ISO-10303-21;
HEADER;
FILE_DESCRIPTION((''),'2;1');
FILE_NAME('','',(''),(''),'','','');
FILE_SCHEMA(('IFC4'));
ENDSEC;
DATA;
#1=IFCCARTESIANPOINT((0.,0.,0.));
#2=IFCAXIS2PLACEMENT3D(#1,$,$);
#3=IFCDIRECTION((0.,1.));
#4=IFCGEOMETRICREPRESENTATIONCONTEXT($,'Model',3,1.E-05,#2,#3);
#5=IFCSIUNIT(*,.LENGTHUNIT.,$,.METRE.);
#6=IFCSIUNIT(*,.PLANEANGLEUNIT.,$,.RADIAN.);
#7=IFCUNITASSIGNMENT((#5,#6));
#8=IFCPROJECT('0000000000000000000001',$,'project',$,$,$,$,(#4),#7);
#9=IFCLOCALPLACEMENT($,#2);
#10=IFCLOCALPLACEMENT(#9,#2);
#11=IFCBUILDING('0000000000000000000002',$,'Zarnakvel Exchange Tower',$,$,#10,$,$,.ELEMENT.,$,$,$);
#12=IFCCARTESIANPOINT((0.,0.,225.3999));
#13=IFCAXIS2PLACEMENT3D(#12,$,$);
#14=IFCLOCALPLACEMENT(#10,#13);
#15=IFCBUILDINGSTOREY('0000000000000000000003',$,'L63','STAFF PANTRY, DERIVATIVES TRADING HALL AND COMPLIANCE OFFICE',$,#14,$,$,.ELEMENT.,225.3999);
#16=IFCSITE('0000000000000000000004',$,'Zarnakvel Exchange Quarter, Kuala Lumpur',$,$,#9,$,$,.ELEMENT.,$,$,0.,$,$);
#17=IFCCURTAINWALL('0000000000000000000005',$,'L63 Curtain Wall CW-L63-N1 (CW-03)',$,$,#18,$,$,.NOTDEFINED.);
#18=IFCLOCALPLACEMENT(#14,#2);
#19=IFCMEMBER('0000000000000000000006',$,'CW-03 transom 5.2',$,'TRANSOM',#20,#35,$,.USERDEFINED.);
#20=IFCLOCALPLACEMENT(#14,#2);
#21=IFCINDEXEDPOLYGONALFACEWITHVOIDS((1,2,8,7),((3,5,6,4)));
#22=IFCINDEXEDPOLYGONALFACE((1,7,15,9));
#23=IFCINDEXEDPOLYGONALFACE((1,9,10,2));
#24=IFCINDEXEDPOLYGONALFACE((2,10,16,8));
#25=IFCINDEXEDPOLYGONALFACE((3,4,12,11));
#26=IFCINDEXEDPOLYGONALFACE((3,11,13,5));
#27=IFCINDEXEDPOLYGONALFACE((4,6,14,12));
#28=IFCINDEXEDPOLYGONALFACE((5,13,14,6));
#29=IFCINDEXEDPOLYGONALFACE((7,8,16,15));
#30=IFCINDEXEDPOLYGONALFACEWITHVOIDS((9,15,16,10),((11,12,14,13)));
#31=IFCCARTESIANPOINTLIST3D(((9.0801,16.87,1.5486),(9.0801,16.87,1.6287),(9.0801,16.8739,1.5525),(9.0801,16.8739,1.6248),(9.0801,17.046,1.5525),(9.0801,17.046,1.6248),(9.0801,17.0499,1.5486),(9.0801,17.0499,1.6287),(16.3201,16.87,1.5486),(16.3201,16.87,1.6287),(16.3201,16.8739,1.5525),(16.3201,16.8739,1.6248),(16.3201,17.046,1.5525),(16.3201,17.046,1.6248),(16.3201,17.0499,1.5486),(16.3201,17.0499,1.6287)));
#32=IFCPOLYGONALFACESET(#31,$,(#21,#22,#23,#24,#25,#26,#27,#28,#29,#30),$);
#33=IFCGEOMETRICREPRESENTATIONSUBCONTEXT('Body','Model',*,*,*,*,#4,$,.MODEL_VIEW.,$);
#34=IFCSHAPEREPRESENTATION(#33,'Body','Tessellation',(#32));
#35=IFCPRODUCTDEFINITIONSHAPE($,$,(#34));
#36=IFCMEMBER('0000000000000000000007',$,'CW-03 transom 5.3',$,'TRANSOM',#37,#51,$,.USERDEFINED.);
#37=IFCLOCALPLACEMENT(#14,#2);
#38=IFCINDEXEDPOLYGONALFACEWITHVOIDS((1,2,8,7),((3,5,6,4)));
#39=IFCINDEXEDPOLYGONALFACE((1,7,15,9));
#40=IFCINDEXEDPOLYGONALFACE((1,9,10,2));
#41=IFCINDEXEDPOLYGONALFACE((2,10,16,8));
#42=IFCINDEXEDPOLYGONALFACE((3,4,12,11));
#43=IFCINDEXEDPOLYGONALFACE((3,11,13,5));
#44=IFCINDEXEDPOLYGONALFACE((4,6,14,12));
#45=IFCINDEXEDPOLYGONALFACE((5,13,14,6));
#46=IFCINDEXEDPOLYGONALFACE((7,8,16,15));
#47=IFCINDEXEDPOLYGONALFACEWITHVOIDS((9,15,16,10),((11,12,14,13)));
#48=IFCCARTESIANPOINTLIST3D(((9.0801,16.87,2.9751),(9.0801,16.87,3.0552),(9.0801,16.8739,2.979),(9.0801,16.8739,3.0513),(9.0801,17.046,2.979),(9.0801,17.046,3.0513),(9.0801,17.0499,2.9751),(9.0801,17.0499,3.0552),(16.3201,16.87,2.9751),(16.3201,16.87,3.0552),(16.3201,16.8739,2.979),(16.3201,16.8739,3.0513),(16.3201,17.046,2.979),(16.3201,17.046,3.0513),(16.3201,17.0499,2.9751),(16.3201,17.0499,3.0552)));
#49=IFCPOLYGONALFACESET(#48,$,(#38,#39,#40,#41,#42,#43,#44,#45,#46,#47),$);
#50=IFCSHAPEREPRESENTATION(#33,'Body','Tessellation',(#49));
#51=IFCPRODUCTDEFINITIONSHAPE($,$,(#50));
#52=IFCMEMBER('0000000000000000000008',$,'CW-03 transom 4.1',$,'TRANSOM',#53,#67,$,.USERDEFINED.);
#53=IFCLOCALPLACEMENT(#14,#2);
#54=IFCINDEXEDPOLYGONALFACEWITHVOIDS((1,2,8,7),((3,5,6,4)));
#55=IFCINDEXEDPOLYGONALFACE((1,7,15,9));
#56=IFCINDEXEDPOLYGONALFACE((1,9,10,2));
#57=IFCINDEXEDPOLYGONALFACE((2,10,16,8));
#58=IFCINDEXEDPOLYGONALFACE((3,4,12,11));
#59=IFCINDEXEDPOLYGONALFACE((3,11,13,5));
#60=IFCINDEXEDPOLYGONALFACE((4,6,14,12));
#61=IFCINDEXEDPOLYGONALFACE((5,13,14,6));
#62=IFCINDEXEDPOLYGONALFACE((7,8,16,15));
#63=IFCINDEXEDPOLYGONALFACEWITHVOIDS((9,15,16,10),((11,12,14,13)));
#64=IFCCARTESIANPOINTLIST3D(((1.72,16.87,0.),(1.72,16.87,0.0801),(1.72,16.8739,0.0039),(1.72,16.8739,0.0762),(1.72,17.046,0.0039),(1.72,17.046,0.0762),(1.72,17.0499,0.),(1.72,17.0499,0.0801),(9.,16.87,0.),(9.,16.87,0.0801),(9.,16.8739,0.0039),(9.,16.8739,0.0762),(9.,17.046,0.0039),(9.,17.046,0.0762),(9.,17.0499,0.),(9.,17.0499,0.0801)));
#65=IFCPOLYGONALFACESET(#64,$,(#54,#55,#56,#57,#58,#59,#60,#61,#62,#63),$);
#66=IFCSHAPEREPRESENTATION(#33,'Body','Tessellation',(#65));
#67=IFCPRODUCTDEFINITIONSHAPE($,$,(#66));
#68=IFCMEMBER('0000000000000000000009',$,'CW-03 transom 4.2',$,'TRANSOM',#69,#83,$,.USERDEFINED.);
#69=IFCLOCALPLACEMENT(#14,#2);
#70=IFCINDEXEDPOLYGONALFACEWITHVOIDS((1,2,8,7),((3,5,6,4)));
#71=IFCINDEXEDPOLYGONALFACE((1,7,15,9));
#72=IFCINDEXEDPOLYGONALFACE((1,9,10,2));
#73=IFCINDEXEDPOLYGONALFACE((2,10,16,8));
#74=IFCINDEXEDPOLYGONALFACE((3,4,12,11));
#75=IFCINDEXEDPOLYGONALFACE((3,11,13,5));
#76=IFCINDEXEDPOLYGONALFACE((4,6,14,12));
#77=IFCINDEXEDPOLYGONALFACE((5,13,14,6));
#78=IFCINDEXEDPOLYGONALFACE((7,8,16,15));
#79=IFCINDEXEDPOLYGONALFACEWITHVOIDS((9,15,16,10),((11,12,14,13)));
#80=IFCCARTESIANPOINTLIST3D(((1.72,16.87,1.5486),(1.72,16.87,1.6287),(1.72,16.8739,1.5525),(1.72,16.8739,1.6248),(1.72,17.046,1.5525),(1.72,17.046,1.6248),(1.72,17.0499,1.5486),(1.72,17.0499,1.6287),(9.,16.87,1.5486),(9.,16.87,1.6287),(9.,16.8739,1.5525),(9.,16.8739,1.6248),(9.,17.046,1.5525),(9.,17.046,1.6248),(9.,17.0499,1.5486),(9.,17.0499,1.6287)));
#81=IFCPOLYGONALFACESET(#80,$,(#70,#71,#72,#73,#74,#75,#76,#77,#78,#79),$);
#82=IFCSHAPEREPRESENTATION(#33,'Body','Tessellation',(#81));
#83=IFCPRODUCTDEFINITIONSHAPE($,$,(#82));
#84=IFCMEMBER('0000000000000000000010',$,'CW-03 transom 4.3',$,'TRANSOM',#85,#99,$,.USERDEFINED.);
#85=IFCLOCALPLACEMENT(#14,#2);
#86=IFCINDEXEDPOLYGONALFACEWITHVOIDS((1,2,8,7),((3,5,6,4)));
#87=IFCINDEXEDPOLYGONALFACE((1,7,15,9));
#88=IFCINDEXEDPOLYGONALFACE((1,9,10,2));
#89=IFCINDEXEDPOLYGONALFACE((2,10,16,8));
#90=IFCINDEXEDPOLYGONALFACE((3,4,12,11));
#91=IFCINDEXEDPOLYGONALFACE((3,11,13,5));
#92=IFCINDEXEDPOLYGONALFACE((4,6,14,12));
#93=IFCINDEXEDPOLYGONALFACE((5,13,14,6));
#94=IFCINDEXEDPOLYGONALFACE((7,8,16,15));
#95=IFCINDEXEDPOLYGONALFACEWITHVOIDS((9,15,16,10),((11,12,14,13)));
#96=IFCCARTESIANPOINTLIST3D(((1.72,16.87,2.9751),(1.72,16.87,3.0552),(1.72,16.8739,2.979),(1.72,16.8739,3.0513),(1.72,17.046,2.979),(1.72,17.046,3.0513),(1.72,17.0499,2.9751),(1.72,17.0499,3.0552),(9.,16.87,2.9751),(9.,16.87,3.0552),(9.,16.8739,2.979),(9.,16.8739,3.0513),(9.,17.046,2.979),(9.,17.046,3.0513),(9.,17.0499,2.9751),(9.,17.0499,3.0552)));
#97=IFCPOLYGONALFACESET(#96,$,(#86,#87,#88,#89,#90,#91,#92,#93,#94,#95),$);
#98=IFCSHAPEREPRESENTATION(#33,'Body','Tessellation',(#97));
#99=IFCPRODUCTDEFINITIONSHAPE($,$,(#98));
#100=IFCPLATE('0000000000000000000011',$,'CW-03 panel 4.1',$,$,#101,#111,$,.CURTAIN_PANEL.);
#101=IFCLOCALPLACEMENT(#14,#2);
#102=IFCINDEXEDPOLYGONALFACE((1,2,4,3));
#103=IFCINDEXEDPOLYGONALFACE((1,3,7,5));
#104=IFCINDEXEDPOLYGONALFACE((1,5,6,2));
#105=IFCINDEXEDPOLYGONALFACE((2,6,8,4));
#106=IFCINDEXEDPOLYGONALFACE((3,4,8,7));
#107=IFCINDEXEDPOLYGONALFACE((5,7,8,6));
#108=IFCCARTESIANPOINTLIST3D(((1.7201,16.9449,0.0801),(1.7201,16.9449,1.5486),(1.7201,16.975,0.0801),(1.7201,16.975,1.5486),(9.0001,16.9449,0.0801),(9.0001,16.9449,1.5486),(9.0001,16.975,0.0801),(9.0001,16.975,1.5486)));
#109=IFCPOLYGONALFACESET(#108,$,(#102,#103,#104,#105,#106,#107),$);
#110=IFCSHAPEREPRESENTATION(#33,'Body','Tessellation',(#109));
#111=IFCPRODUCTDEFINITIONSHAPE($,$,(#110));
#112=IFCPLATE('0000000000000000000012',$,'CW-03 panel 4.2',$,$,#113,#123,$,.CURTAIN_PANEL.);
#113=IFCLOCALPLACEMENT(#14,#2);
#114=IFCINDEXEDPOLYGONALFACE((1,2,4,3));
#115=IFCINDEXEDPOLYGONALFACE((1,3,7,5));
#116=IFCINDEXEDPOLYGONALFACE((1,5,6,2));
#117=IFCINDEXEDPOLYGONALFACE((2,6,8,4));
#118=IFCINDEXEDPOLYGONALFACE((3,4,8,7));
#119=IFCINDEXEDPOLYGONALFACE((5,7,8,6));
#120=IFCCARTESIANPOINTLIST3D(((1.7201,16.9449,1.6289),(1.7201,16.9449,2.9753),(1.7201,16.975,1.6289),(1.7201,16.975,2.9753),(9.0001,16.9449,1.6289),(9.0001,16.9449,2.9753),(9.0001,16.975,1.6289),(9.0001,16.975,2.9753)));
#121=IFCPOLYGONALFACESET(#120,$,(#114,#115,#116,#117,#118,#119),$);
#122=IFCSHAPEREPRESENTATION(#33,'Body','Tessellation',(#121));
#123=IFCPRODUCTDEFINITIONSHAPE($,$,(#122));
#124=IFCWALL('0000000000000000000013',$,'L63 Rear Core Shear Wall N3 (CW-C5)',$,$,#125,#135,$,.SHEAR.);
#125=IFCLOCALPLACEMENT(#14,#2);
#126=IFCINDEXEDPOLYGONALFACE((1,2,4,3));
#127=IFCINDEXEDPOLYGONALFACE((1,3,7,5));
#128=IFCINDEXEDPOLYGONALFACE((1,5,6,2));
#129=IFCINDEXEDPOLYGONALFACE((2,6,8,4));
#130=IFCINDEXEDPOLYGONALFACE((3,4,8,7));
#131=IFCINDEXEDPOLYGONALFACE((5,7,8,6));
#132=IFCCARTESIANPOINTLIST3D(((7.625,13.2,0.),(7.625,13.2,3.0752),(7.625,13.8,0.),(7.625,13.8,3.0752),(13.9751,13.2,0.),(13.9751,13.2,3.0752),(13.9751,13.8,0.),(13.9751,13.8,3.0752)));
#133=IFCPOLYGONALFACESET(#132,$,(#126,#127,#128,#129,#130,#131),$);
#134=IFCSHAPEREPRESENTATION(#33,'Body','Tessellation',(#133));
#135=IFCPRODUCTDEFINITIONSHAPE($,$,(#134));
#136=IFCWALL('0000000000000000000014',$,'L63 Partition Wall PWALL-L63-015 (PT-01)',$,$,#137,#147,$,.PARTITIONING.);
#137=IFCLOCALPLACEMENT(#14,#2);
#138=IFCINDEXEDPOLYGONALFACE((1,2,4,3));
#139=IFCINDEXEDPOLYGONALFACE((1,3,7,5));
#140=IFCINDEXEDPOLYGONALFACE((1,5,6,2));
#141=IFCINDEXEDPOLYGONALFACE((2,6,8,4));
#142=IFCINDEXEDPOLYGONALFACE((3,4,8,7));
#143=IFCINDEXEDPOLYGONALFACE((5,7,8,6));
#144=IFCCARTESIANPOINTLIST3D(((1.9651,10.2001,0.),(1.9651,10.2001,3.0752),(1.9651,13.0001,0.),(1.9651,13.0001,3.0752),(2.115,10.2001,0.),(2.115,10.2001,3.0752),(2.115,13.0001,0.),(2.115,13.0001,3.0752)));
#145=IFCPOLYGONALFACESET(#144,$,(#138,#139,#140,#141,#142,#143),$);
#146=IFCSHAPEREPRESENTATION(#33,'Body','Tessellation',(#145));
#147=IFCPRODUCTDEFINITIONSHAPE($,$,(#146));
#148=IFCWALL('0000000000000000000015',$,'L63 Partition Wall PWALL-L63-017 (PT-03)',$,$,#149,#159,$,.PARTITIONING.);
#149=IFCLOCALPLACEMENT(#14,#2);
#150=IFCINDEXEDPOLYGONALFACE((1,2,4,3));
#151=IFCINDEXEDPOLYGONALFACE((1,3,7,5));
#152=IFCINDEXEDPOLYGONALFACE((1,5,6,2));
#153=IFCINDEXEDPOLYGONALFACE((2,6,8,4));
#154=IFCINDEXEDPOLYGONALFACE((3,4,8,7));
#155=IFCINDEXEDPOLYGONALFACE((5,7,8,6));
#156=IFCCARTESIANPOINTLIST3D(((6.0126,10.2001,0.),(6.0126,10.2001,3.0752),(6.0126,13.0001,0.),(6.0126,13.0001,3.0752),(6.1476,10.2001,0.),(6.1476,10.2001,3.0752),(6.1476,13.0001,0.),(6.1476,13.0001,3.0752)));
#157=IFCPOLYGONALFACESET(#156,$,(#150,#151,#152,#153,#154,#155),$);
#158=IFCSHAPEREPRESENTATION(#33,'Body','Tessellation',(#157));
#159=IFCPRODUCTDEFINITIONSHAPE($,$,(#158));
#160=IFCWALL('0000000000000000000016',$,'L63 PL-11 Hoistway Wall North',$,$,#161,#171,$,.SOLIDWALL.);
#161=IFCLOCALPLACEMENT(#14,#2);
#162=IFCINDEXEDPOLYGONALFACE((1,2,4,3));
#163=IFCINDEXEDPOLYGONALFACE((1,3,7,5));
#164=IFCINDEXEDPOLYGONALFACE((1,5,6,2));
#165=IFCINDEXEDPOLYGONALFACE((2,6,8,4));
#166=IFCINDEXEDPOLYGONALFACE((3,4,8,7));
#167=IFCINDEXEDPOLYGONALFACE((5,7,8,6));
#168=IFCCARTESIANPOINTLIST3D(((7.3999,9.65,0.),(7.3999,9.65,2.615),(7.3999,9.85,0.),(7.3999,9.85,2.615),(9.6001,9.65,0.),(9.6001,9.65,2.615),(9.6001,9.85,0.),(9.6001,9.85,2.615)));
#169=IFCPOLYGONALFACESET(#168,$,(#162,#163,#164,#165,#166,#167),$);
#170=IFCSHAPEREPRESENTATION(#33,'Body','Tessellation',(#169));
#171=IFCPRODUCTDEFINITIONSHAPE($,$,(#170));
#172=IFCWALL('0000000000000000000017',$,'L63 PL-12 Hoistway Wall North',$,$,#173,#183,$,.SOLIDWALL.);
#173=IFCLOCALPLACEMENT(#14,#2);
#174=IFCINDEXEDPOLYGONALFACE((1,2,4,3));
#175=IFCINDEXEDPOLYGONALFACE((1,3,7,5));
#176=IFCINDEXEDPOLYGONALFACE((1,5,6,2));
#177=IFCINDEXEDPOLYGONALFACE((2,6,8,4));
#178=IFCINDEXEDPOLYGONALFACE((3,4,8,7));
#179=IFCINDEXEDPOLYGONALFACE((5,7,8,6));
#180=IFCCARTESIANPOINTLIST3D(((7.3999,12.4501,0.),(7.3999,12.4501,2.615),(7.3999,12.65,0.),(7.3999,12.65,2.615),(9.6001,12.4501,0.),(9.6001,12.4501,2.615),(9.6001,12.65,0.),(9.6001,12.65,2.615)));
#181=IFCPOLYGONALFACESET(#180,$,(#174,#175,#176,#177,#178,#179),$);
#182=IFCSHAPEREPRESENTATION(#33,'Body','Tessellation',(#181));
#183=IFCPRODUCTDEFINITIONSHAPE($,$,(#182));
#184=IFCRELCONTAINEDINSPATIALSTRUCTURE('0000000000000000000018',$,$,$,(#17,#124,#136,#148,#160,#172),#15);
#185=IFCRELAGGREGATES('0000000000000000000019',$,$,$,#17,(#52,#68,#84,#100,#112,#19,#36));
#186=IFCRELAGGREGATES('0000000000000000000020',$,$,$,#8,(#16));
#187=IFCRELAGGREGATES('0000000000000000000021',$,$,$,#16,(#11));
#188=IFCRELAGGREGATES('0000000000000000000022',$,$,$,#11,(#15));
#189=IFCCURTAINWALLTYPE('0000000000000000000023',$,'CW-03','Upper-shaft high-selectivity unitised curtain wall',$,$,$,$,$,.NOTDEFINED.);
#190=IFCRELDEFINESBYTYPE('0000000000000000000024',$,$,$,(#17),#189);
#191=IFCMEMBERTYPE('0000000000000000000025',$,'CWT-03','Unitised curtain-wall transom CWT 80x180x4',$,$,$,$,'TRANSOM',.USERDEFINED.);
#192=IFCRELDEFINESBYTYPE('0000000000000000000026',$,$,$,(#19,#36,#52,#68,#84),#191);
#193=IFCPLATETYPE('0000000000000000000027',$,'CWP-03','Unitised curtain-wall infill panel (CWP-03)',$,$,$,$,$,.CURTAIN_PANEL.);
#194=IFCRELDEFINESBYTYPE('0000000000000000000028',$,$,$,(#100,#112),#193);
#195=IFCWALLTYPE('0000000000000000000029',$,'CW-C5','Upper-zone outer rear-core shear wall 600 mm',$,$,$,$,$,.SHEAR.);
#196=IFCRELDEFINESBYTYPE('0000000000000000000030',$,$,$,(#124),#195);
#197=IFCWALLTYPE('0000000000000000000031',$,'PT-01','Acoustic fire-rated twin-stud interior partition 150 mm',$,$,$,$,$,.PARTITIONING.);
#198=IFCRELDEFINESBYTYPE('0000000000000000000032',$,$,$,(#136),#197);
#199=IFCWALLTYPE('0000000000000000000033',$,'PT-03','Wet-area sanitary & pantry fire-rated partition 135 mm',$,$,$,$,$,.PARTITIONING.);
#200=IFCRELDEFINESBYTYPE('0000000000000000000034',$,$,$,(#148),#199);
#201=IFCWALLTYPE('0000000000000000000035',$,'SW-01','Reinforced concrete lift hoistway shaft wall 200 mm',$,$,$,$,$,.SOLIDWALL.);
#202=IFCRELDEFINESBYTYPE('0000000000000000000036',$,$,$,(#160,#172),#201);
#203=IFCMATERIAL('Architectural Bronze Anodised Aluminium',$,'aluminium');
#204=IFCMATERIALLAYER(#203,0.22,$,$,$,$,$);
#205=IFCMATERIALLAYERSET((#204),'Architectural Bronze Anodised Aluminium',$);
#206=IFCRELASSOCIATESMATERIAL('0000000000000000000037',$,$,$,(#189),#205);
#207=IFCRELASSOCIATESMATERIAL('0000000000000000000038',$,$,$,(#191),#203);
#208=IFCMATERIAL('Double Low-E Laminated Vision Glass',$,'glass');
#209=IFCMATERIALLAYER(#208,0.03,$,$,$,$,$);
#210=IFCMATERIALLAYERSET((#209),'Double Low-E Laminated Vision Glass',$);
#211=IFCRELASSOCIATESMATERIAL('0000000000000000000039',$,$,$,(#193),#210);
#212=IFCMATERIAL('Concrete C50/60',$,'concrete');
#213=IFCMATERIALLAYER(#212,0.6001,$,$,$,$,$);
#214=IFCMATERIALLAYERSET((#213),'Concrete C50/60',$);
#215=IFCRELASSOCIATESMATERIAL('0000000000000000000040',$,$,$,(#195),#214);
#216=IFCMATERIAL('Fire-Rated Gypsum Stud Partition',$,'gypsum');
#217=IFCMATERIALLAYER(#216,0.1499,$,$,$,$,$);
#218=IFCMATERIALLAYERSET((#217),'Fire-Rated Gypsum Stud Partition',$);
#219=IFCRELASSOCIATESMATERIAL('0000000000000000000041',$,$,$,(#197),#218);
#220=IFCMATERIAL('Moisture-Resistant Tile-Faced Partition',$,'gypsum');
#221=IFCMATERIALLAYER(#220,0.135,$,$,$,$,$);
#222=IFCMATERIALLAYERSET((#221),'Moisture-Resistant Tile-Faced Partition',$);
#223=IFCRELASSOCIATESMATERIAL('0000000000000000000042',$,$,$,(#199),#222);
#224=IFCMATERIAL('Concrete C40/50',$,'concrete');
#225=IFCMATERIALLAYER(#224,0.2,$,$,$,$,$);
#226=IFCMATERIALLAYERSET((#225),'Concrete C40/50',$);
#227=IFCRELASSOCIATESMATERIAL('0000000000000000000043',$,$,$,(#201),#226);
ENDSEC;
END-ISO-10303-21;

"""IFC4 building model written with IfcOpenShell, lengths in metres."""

from ifc_helpers import new_model, si_unit, direction, frame, frame_2d, origin, origin_2d, place, context, subcontext, project, spatial, rectangle, hollow_rectangle, extrude, source, transform, mapped, material, layer, layer_set, material_profile, profile_set, type_object, element, aggregate, save


model = new_model("IFC4")

# Units and contexts
model_context = context("Model", 3, precision=1e-05, world=origin(), true_north=direction((0.0, 1.0)))
body_context = subcontext(model_context, "Body", "Model", "MODEL_VIEW")
ifc_project = project(units=[si_unit("LENGTHUNIT", "METRE"), si_unit("PLANEANGLEUNIT", "RADIAN")], contexts=[model_context])

# Site, building, storey
site_placement = place(None, origin())
site = spatial("IfcSite", under=ifc_project, at=site_placement, Name="Zarnakvel Exchange Quarter, Kuala Lumpur", CompositionType="ELEMENT", RefElevation=0.0)
building_placement = place(site_placement, origin())
building = spatial("IfcBuilding", under=site, at=building_placement, Name="Zarnakvel Exchange Tower", CompositionType="ELEMENT")
storey_placement = place(building_placement, frame((0.0, 0.0, 225.3999)))
storey = spatial("IfcBuildingStorey", under=building, at=storey_placement, Name="L63", Description="STAFF PANTRY, DERIVATIVES TRADING HALL AND COMPLIANCE OFFICE", CompositionType="ELEMENT", Elevation=225.3999)

# Shared definitions
ifc_material_1 = material(Name="Concrete C50/60", Category="concrete")

# Curtain wall, members, plates
ifc_material_2 = material(Name="Architectural Bronze Anodised Aluminium", Category="aluminium")
ifc_layer_1 = layer(ifc_material_2, 0.22)
ifc_layer_set_1 = layer_set([ifc_layer_1], Name="Architectural Bronze Anodised Aluminium")
curtain_wall_type = type_object("IfcCurtainWallType", Name="CW-03", Description="Upper-shaft high-selectivity unitised curtain wall", PredefinedType="NOTDEFINED", material=ifc_layer_set_1)
curtain_wall_placement = place(storey_placement, origin())
curtain_wall = element("IfcCurtainWall", 1, at=curtain_wall_placement, inside=storey, type_object=curtain_wall_type, Name="L63 Curtain Wall CW-L63-N1 (CW-03)", PredefinedType="NOTDEFINED")
ifc_material_profile_1 = material_profile(ifc_material_2, hollow_rectangle(XDim=0.1799, YDim=0.0801, WallThickness=0.0039, at=origin_2d()))
ifc_profile_set_1 = profile_set([ifc_material_profile_1], Name="Architectural Bronze Anodised Aluminium")
member_type_1 = type_object("IfcMemberType", Name="CWT-03", Description="Unitised curtain-wall transom CWT 80x180x4", ElementType="TRANSOM", PredefinedType="USERDEFINED", material=ifc_profile_set_1)
shared_shape_1 = source(origin(), body_context, "Body", "SweptSolid", [
    extrude(hollow_rectangle(XDim=0.1799, YDim=0.0801, WallThickness=0.0039, at=origin_2d()), origin(), (0.0, 0.0, 1.0), 7.24),
])
member_1_placement = place(storey_placement, frame((9.0801, 16.96, 1.5886), z_axis=(1.0, 0.0, 0.0), x_axis=(0.0, 1.0, 0.0)))
member_1 = element("IfcMember", 2, at=member_1_placement, type_object=member_type_1, Name="CW-03 transom 5.2", ObjectType="TRANSOM", PredefinedType="USERDEFINED", context=body_context, shape_type="MappedRepresentation", body=[
    mapped(shared_shape_1, transform((0.0, 0.0, 0.0), x_axis=(1.0, 0.0, 0.0), y_axis=(0.0, 1.0, 0.0), z_axis=(0.0, 0.0, 1.0), scale=1.0)),
])
member_2_placement = place(storey_placement, frame((9.0801, 16.96, 3.0151), z_axis=(1.0, 0.0, 0.0), x_axis=(0.0, 1.0, 0.0)))
member_2 = element("IfcMember", 3, at=member_2_placement, type_object=member_type_1, Name="CW-03 transom 5.3", ObjectType="TRANSOM", PredefinedType="USERDEFINED", context=body_context, shape_type="MappedRepresentation", body=[
    mapped(shared_shape_1, transform((0.0, 0.0, 0.0), x_axis=(1.0, 0.0, 0.0), y_axis=(0.0, 1.0, 0.0), z_axis=(0.0, 0.0, 1.0), scale=1.0)),
])
shared_shape_2 = source(origin(), body_context, "Body", "SweptSolid", [
    extrude(hollow_rectangle(XDim=0.1799, YDim=0.0801, WallThickness=0.0039, at=origin_2d()), origin(), (0.0, 0.0, 1.0), 7.28),
])
member_3_placement = place(storey_placement, frame((1.72, 16.96, 0.04), z_axis=(1.0, 0.0, 0.0), x_axis=(0.0, 1.0, 0.0)))
member_3 = element("IfcMember", 4, at=member_3_placement, type_object=member_type_1, Name="CW-03 transom 4.1", ObjectType="TRANSOM", PredefinedType="USERDEFINED", context=body_context, shape_type="MappedRepresentation", body=[
    mapped(shared_shape_2, transform((0.0, 0.0, 0.0), x_axis=(1.0, 0.0, 0.0), y_axis=(0.0, 1.0, 0.0), z_axis=(0.0, 0.0, 1.0), scale=1.0)),
])
member_4_placement = place(storey_placement, frame((1.72, 16.96, 1.5886), z_axis=(1.0, 0.0, 0.0), x_axis=(0.0, 1.0, 0.0)))
member_4 = element("IfcMember", 5, at=member_4_placement, type_object=member_type_1, Name="CW-03 transom 4.2", ObjectType="TRANSOM", PredefinedType="USERDEFINED", context=body_context, shape_type="MappedRepresentation", body=[
    mapped(shared_shape_2, transform((0.0, 0.0, 0.0), x_axis=(1.0, 0.0, 0.0), y_axis=(0.0, 1.0, 0.0), z_axis=(0.0, 0.0, 1.0), scale=1.0)),
])
member_5_placement = place(storey_placement, frame((1.72, 16.96, 3.0151), z_axis=(1.0, 0.0, 0.0), x_axis=(0.0, 1.0, 0.0)))
member_5 = element("IfcMember", 6, at=member_5_placement, type_object=member_type_1, Name="CW-03 transom 4.3", ObjectType="TRANSOM", PredefinedType="USERDEFINED", context=body_context, shape_type="MappedRepresentation", body=[
    mapped(shared_shape_2, transform((0.0, 0.0, 0.0), x_axis=(1.0, 0.0, 0.0), y_axis=(0.0, 1.0, 0.0), z_axis=(0.0, 0.0, 1.0), scale=1.0)),
])
ifc_material_3 = material(Name="Double Low-E Laminated Vision Glass", Category="glass")
ifc_layer_2 = layer(ifc_material_3, 0.03)
ifc_layer_set_2 = layer_set([ifc_layer_2], Name="Double Low-E Laminated Vision Glass")
plate_type = type_object("IfcPlateType", Name="CWP-03", Description="Unitised curtain-wall infill panel (CWP-03)", PredefinedType="CURTAIN_PANEL", material=ifc_layer_set_2)
shared_shape_3 = source(origin(), body_context, "Body", "SweptSolid", [
    extrude(rectangle(XDim=7.28, YDim=0.03, at=origin_2d()), origin(), (0.0, 0.0, 1.0), 1.4685),
])
plate_1_placement = place(storey_placement, frame((5.3601, 16.96, 0.0801), z_axis=(0.0, 0.0, 1.0), x_axis=(1.0, 0.0, 0.0)))
plate_1 = element("IfcPlate", 7, at=plate_1_placement, type_object=plate_type, Name="CW-03 panel 4.1", PredefinedType="CURTAIN_PANEL", context=body_context, shape_type="MappedRepresentation", body=[
    mapped(shared_shape_3, transform((0.0, 0.0, 0.0), x_axis=(1.0, 0.0, 0.0), y_axis=(0.0, 1.0, 0.0), z_axis=(0.0, 0.0, 1.0), scale=1.0)),
])
shared_shape_4 = source(origin(), body_context, "Body", "SweptSolid", [
    extrude(rectangle(XDim=7.28, YDim=0.03, at=origin_2d()), origin(), (0.0, 0.0, 1.0), 1.3464),
])
plate_2_placement = place(storey_placement, frame((5.3601, 16.96, 1.6289), z_axis=(0.0, 0.0, 1.0), x_axis=(1.0, 0.0, 0.0)))
plate_2 = element("IfcPlate", 8, at=plate_2_placement, type_object=plate_type, Name="CW-03 panel 4.2", PredefinedType="CURTAIN_PANEL", context=body_context, shape_type="MappedRepresentation", body=[
    mapped(shared_shape_4, transform((0.0, 0.0, 0.0), x_axis=(1.0, 0.0, 0.0), y_axis=(0.0, 1.0, 0.0), z_axis=(0.0, 0.0, 1.0), scale=1.0)),
])
aggregate(curtain_wall, [member_3, member_4, member_5, plate_1, plate_2, member_1, member_2])

# Wall
ifc_layer_3 = layer(ifc_material_1, 0.6001)
ifc_layer_set_3 = layer_set([ifc_layer_3], Name="Concrete C50/60")
wall_type_1 = type_object("IfcWallType", Name="CW-C5", Description="Upper-zone outer rear-core shear wall 600 mm", PredefinedType="SHEAR", material=ifc_layer_set_3)
wall_1_placement = place(storey_placement, frame((7.625, 13.5, 0.0), z_axis=(0.0, 0.0, 1.0), x_axis=(1.0, 0.0, 0.0)))
element("IfcWall", 9, at=wall_1_placement, inside=storey, type_object=wall_type_1, Name="L63 Rear Core Shear Wall N3 (CW-C5)", PredefinedType="SHEAR", context=body_context, shape_type="SweptSolid", body=[
    extrude(rectangle(XDim=6.3501, YDim=0.6001, at=frame_2d((3.175, 0.0))), origin(), (0.0, 0.0, 1.0), 3.0752),
])

# Shared definitions
ifc_material_4 = material(Name="Fire-Rated Gypsum Stud Partition", Category="gypsum")
ifc_layer_4 = layer(ifc_material_4, 0.1499)
ifc_layer_set_4 = layer_set([ifc_layer_4], Name="Fire-Rated Gypsum Stud Partition")
wall_type_2 = type_object("IfcWallType", Name="PT-01", Description="Acoustic fire-rated twin-stud interior partition 150 mm", PredefinedType="PARTITIONING", material=ifc_layer_set_4)

# Wall
wall_2_placement = place(storey_placement, frame((2.04, 13.0, 0.0), z_axis=(0.0, 0.0, 1.0), x_axis=(0.0, -1.0, 0.0)))
element("IfcWall", 10, at=wall_2_placement, inside=storey, type_object=wall_type_2, Name="L63 Partition Wall PWALL-L63-015 (PT-01)", PredefinedType="PARTITIONING", context=body_context, shape_type="SweptSolid", body=[
    extrude(rectangle(XDim=2.8, YDim=0.1499, at=frame_2d((1.3999, 0.0))), origin(), (0.0, 0.0, 1.0), 3.0752),
])

# Shared definitions
ifc_material_5 = material(Name="Moisture-Resistant Tile-Faced Partition", Category="gypsum")
ifc_layer_5 = layer(ifc_material_5, 0.135)
ifc_layer_set_5 = layer_set([ifc_layer_5], Name="Moisture-Resistant Tile-Faced Partition")
wall_type_3 = type_object("IfcWallType", Name="PT-03", Description="Wet-area sanitary & pantry fire-rated partition 135 mm", PredefinedType="PARTITIONING", material=ifc_layer_set_5)

# Walls
wall_3_placement = place(storey_placement, frame((6.0801, 13.0, 0.0), z_axis=(0.0, 0.0, 1.0), x_axis=(0.0, -1.0, 0.0)))
element("IfcWall", 11, at=wall_3_placement, inside=storey, type_object=wall_type_3, Name="L63 Partition Wall PWALL-L63-017 (PT-03)", PredefinedType="PARTITIONING", context=body_context, shape_type="SweptSolid", body=[
    extrude(rectangle(XDim=2.8, YDim=0.135, at=frame_2d((1.3999, 0.0))), origin(), (0.0, 0.0, 1.0), 3.0752),
])
ifc_material_6 = material(Name="Concrete C40/50", Category="concrete")
ifc_layer_6 = layer(ifc_material_6, 0.2)
ifc_layer_set_6 = layer_set([ifc_layer_6], Name="Concrete C40/50")
wall_type_4 = type_object("IfcWallType", Name="SW-01", Description="Reinforced concrete lift hoistway shaft wall 200 mm", PredefinedType="SOLIDWALL", material=ifc_layer_set_6)
for number, where, z_axis, x_axis, name in (
    (12, (7.3999, 9.75, 0.0), (0.0, 0.0, 1.0), (1.0, 0.0, 0.0), "L63 PL-11 Hoistway Wall North"),
    (13, (7.3999, 12.55, 0.0), (0.0, 0.0, 1.0), (1.0, 0.0, 0.0), "L63 PL-12 Hoistway Wall North"),
):
    element("IfcWall", number, at=place(storey_placement, frame(where, z_axis=z_axis, x_axis=x_axis)), inside=storey, type_object=wall_type_4, Name=name, PredefinedType="SOLIDWALL", context=body_context, shape_type="SweptSolid", body=[
        extrude(rectangle(XDim=2.2002, YDim=0.2, at=frame_2d((1.1001, 0.0))), origin(), (0.0, 0.0, 1.0), 2.615),
    ])

save(model, "model.ifc")
